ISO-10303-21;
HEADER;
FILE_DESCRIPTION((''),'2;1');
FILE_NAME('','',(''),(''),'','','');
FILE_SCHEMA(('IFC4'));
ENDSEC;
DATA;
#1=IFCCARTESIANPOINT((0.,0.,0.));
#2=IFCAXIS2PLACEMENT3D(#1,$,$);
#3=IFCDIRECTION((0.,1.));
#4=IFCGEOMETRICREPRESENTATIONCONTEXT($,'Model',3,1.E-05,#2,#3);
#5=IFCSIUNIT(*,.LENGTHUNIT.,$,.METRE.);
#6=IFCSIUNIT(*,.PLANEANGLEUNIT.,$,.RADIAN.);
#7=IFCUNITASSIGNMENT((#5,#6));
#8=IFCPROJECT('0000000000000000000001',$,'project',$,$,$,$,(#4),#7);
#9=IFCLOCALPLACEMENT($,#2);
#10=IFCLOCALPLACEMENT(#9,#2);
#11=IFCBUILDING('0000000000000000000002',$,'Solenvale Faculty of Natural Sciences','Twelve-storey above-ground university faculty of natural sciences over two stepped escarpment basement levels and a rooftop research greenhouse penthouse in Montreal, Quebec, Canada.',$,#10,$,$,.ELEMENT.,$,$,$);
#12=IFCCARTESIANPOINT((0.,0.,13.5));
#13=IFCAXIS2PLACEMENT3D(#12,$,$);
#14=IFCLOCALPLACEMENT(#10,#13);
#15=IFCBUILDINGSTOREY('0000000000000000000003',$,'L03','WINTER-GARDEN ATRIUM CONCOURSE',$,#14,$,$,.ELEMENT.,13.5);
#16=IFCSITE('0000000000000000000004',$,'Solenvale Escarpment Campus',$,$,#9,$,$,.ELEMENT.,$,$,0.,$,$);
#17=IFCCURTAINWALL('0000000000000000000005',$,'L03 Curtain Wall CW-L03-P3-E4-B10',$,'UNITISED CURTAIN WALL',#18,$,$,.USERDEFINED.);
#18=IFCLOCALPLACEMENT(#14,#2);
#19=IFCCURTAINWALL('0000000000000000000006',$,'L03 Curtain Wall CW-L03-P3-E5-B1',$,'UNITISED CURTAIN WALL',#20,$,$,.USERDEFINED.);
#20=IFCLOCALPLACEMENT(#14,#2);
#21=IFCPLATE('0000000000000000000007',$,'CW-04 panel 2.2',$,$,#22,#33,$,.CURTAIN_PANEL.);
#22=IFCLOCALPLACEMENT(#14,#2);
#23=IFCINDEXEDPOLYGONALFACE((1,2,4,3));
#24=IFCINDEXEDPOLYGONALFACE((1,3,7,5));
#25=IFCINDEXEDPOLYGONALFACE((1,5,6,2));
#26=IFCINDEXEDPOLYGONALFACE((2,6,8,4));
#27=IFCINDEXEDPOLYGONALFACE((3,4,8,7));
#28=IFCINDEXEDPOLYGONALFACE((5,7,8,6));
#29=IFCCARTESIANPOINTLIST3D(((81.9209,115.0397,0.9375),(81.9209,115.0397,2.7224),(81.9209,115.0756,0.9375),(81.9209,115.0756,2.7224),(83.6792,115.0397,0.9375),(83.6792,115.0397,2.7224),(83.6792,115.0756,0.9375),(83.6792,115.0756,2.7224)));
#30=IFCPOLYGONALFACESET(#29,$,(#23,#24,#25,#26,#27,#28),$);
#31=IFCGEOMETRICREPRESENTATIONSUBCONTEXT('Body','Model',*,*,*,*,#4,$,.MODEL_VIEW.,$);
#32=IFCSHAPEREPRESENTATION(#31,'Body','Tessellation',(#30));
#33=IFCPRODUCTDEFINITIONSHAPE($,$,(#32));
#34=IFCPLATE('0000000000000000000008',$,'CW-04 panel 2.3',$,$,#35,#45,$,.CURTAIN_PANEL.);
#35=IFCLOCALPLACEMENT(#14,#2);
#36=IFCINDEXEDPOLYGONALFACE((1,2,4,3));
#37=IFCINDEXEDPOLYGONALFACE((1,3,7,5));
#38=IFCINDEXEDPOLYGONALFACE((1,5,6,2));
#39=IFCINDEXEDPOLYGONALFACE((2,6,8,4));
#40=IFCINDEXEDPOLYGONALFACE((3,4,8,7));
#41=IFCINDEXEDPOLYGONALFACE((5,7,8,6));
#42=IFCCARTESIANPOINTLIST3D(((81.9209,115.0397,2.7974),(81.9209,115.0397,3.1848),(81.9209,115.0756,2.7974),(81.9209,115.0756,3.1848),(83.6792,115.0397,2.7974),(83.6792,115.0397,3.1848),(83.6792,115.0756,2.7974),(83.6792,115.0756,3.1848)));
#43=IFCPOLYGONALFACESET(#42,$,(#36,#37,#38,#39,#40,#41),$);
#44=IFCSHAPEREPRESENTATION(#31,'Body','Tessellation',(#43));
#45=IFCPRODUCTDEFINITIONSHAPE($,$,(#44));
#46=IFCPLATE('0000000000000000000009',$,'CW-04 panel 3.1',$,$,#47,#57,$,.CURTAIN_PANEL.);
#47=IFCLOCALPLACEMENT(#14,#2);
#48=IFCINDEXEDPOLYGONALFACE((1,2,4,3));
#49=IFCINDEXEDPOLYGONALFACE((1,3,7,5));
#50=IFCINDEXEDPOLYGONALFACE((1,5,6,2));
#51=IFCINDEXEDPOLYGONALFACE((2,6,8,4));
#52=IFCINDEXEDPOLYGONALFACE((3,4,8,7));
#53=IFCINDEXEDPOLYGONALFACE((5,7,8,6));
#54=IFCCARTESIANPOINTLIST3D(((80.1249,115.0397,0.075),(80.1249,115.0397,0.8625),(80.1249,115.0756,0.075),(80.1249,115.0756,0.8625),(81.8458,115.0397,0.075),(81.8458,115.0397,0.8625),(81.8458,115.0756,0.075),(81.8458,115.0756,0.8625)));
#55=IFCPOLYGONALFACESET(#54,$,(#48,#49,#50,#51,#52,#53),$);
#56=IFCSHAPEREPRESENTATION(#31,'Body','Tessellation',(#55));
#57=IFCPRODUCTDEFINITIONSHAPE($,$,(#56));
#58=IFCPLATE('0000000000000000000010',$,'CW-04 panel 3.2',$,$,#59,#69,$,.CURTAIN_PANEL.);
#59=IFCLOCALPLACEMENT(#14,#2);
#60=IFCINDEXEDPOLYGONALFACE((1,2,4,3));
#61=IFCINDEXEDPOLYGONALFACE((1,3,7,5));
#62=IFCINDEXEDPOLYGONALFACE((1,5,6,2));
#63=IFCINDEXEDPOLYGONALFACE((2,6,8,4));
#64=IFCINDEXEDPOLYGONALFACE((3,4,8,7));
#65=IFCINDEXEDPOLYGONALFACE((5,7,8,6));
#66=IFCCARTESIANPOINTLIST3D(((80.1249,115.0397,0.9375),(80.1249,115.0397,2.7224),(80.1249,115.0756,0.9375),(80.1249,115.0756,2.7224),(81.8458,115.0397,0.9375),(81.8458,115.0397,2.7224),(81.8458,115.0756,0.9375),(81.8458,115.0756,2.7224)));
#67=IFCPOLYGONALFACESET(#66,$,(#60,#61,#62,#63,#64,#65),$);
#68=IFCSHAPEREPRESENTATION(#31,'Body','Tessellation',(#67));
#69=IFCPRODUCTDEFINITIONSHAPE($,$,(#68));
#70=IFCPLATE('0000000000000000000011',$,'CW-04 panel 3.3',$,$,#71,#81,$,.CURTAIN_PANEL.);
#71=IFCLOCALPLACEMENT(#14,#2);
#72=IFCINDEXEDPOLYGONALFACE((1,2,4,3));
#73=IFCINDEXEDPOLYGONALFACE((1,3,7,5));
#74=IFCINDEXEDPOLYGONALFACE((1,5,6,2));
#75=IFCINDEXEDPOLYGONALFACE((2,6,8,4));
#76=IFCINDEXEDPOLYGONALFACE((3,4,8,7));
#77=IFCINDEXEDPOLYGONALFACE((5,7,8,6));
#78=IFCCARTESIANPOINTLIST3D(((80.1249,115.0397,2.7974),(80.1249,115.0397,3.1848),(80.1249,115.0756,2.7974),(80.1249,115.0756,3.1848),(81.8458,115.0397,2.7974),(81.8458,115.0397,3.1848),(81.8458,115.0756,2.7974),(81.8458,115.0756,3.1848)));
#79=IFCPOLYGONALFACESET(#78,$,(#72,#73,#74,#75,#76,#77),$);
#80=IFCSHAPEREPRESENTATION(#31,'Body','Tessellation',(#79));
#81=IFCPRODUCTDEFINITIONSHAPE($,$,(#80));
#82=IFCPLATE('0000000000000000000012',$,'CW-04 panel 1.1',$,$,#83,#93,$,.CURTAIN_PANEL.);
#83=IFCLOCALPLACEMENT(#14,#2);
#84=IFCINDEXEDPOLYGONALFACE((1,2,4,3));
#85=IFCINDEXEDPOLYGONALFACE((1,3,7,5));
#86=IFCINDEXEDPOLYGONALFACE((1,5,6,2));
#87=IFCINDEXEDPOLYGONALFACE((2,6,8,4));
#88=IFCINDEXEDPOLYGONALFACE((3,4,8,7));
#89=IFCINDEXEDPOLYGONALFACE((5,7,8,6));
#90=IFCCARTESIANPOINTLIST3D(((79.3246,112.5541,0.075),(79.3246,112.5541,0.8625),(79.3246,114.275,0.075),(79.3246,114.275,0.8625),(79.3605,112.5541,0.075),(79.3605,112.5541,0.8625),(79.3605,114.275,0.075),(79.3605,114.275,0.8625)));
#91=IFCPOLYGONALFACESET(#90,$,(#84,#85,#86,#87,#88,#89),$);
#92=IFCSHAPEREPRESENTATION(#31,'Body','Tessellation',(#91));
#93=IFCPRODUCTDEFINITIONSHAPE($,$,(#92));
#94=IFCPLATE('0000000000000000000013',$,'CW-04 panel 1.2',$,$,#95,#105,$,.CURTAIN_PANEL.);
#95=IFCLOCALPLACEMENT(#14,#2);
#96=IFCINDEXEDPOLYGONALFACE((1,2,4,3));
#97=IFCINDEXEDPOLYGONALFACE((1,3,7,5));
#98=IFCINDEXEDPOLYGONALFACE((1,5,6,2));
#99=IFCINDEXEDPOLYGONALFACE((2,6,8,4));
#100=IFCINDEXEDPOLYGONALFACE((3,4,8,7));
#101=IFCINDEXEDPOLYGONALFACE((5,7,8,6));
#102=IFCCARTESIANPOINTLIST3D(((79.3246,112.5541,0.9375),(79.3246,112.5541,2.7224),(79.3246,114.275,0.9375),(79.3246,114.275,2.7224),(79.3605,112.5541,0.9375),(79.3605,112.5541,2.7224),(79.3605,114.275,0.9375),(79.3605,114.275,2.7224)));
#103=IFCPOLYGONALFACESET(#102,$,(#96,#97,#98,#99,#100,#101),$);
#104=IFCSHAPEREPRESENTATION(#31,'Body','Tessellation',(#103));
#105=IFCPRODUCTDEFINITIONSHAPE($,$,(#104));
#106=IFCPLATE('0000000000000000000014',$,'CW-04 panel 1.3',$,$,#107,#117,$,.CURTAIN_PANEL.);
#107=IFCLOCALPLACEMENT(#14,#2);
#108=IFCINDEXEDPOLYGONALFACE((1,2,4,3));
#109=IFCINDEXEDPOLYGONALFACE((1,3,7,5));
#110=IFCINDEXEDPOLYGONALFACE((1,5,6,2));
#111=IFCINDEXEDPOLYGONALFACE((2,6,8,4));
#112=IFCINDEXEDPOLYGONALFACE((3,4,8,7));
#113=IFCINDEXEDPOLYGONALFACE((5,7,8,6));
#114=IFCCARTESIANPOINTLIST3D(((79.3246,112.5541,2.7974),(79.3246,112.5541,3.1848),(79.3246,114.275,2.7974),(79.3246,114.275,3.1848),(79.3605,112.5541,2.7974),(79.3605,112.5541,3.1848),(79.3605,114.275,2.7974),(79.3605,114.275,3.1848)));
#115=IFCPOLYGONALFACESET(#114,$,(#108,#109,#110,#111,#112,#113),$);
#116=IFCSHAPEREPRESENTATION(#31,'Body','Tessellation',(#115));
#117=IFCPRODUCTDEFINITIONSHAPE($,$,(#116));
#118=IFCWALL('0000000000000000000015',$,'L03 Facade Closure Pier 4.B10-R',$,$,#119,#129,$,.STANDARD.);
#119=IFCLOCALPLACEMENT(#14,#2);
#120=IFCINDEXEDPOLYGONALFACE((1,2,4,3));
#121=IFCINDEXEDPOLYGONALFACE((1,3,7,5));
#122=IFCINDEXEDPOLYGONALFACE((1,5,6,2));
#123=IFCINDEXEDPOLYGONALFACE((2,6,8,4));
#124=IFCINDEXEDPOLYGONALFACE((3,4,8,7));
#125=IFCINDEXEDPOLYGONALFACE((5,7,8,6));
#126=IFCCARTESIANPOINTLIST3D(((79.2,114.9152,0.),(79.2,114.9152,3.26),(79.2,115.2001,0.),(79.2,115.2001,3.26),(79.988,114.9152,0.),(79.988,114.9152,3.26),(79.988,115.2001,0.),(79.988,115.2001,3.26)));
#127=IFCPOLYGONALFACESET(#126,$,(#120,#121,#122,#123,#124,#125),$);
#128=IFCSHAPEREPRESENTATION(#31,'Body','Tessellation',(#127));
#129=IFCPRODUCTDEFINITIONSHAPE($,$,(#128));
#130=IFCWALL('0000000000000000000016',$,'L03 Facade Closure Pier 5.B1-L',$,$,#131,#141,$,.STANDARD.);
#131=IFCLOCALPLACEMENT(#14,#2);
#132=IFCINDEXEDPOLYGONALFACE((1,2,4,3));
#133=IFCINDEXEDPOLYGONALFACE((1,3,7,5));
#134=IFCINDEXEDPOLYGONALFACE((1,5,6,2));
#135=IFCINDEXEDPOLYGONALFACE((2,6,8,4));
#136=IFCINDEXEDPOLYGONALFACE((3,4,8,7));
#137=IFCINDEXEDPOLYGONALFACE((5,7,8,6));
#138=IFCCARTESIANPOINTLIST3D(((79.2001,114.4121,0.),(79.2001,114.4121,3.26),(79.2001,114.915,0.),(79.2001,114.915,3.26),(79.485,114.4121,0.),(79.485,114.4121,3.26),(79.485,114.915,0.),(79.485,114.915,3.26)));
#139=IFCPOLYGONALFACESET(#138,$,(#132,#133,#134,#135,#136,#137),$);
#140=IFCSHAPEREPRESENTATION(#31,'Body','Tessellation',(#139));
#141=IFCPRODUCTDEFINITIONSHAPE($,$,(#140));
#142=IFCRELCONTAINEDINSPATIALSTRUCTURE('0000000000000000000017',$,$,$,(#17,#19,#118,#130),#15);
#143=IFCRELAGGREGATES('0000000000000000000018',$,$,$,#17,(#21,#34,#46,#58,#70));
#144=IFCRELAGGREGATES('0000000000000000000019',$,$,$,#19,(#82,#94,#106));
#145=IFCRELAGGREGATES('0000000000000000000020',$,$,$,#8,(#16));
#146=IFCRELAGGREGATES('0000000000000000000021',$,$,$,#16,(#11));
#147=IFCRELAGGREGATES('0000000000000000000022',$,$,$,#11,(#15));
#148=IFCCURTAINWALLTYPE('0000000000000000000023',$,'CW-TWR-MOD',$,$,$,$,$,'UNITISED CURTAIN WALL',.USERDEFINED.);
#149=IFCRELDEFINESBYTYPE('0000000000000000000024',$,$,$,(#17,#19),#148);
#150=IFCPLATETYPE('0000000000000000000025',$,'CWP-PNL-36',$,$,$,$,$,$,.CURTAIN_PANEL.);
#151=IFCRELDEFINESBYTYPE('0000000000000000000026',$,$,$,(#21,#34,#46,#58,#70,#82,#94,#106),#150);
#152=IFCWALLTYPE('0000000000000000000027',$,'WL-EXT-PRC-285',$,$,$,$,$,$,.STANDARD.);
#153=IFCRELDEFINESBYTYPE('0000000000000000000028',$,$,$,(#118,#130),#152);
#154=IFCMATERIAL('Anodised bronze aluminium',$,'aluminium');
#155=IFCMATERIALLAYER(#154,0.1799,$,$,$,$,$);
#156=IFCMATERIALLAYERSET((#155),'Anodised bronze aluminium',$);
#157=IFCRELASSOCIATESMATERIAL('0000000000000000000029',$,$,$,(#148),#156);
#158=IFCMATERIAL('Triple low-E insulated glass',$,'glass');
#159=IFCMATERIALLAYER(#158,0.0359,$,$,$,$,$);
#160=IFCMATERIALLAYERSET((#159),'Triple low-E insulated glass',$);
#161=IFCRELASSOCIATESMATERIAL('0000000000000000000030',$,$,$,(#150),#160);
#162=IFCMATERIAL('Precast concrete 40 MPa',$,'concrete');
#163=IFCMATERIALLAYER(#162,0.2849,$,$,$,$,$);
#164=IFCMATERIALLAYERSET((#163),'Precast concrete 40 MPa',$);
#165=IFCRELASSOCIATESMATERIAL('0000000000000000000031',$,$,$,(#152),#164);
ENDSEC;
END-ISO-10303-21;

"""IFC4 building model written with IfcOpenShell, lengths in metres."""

from ifc_helpers import new_model, si_unit, direction, frame, frame_2d, origin, origin_2d, place, context, subcontext, project, spatial, rectangle, extrude, material, layer, layer_set, type_object, element, aggregate, save


model = new_model("IFC4")

# Units and contexts
model_context = context("Model", 3, precision=1e-05, world=origin(), true_north=direction((0.0, 1.0)))
body_context = subcontext(model_context, "Body", "Model", "MODEL_VIEW")
ifc_project = project(units=[si_unit("LENGTHUNIT", "METRE"), si_unit("PLANEANGLEUNIT", "RADIAN")], contexts=[model_context])

# Site, building, storey
site_placement = place(None, origin())
site = spatial("IfcSite", under=ifc_project, at=site_placement, Name="Solenvale Escarpment Campus", CompositionType="ELEMENT", RefElevation=0.0)
building_placement = place(site_placement, origin())
building = spatial("IfcBuilding", under=site, at=building_placement, Name="Solenvale Faculty of Natural Sciences", Description="Twelve-storey above-ground university faculty of natural sciences over two stepped escarpment basement levels and a rooftop research greenhouse penthouse in Montreal, Quebec, Canada.", CompositionType="ELEMENT")
storey_placement = place(building_placement, frame((0.0, 0.0, 13.5)))
storey = spatial("IfcBuildingStorey", under=building, at=storey_placement, Name="L03", Description="WINTER-GARDEN ATRIUM CONCOURSE", CompositionType="ELEMENT", Elevation=13.5)

# Shared definitions
ifc_material_1 = material(Name="Precast concrete 40 MPa", Category="concrete")

# Curtain wall
ifc_material_2 = material(Name="Anodised bronze aluminium", Category="aluminium")
ifc_layer_1 = layer(ifc_material_2, 0.1799)
ifc_layer_set_1 = layer_set([ifc_layer_1], Name="Anodised bronze aluminium")
curtain_wall_type = type_object("IfcCurtainWallType", Name="CW-TWR-MOD", ElementType="UNITISED CURTAIN WALL", PredefinedType="USERDEFINED", material=ifc_layer_set_1)
curtain_wall_1_placement = place(storey_placement, origin())
curtain_wall_1 = element("IfcCurtainWall", 1, at=curtain_wall_1_placement, inside=storey, type_object=curtain_wall_type, Name="L03 Curtain Wall CW-L03-P3-E4-B10", ObjectType="UNITISED CURTAIN WALL", PredefinedType="USERDEFINED")

# Curtain wall
curtain_wall_2_placement = place(storey_placement, origin())
curtain_wall_2 = element("IfcCurtainWall", 2, at=curtain_wall_2_placement, inside=storey, type_object=curtain_wall_type, Name="L03 Curtain Wall CW-L03-P3-E5-B1", ObjectType="UNITISED CURTAIN WALL", PredefinedType="USERDEFINED")

# Plates
ifc_material_3 = material(Name="Triple low-E insulated glass", Category="glass")
ifc_layer_2 = layer(ifc_material_3, 0.0359)
ifc_layer_set_2 = layer_set([ifc_layer_2], Name="Triple low-E insulated glass")
plate_type = type_object("IfcPlateType", Name="CWP-PNL-36", PredefinedType="CURTAIN_PANEL", material=ifc_layer_set_2)
plate_1_placement = place(storey_placement, frame((82.8, 115.0576, 0.9375), z_axis=(0.0, 0.0, 1.0), x_axis=(-1.0, 0.0, 0.0)))
plate_1 = element("IfcPlate", 3, at=plate_1_placement, type_object=plate_type, Name="CW-04 panel 2.2", PredefinedType="CURTAIN_PANEL", context=body_context, shape_type="SweptSolid", body=[
    extrude(rectangle(XDim=1.7583, YDim=0.0359, at=origin_2d()), origin(), (0.0, 0.0, 1.0), 1.7849),
])
plate_2_placement = place(storey_placement, frame((82.8, 115.0576, 2.7974), z_axis=(0.0, 0.0, 1.0), x_axis=(-1.0, 0.0, 0.0)))
plate_2 = element("IfcPlate", 4, at=plate_2_placement, type_object=plate_type, Name="CW-04 panel 2.3", PredefinedType="CURTAIN_PANEL", context=body_context, shape_type="SweptSolid", body=[
    extrude(rectangle(XDim=1.7583, YDim=0.0359, at=origin_2d()), origin(), (0.0, 0.0, 1.0), 0.3875),
])
plate_3_placement = place(storey_placement, frame((80.9854, 115.0576, 0.075), z_axis=(0.0, 0.0, 1.0), x_axis=(-1.0, 0.0, 0.0)))
plate_3 = element("IfcPlate", 5, at=plate_3_placement, type_object=plate_type, Name="CW-04 panel 3.1", PredefinedType="CURTAIN_PANEL", context=body_context, shape_type="SweptSolid", body=[
    extrude(rectangle(XDim=1.7209, YDim=0.0359, at=origin_2d()), origin(), (0.0, 0.0, 1.0), 0.7876),
])
plate_4_placement = place(storey_placement, frame((80.9854, 115.0576, 0.9375), z_axis=(0.0, 0.0, 1.0), x_axis=(-1.0, 0.0, 0.0)))
plate_4 = element("IfcPlate", 6, at=plate_4_placement, type_object=plate_type, Name="CW-04 panel 3.2", PredefinedType="CURTAIN_PANEL", context=body_context, shape_type="SweptSolid", body=[
    extrude(rectangle(XDim=1.7209, YDim=0.0359, at=origin_2d()), origin(), (0.0, 0.0, 1.0), 1.7849),
])
plate_5_placement = place(storey_placement, frame((80.9854, 115.0576, 2.7974), z_axis=(0.0, 0.0, 1.0), x_axis=(-1.0, 0.0, 0.0)))
plate_5 = element("IfcPlate", 7, at=plate_5_placement, type_object=plate_type, Name="CW-04 panel 3.3", PredefinedType="CURTAIN_PANEL", context=body_context, shape_type="SweptSolid", body=[
    extrude(rectangle(XDim=1.7209, YDim=0.0359, at=origin_2d()), origin(), (0.0, 0.0, 1.0), 0.3875),
])
aggregate(curtain_wall_1, [plate_1, plate_2, plate_3, plate_4, plate_5])
plate_6_placement = place(storey_placement, frame((79.3425, 113.4146, 0.075), z_axis=(0.0, 0.0, 1.0), x_axis=(0.0, -1.0, 0.0)))
plate_6 = element("IfcPlate", 8, at=plate_6_placement, type_object=plate_type, Name="CW-04 panel 1.1", PredefinedType="CURTAIN_PANEL", context=body_context, shape_type="SweptSolid", body=[
    extrude(rectangle(XDim=1.7209, YDim=0.0359, at=origin_2d()), origin(), (0.0, 0.0, 1.0), 0.7876),
])
plate_7_placement = place(storey_placement, frame((79.3425, 113.4146, 0.9375), z_axis=(0.0, 0.0, 1.0), x_axis=(0.0, -1.0, 0.0)))
plate_7 = element("IfcPlate", 9, at=plate_7_placement, type_object=plate_type, Name="CW-04 panel 1.2", PredefinedType="CURTAIN_PANEL", context=body_context, shape_type="SweptSolid", body=[
    extrude(rectangle(XDim=1.7209, YDim=0.0359, at=origin_2d()), origin(), (0.0, 0.0, 1.0), 1.7849),
])
plate_8_placement = place(storey_placement, frame((79.3425, 113.4146, 2.7974), z_axis=(0.0, 0.0, 1.0), x_axis=(0.0, -1.0, 0.0)))
plate_8 = element("IfcPlate", 10, at=plate_8_placement, type_object=plate_type, Name="CW-04 panel 1.3", PredefinedType="CURTAIN_PANEL", context=body_context, shape_type="SweptSolid", body=[
    extrude(rectangle(XDim=1.7209, YDim=0.0359, at=origin_2d()), origin(), (0.0, 0.0, 1.0), 0.3875),
])
aggregate(curtain_wall_2, [plate_6, plate_7, plate_8])

# Walls
ifc_layer_3 = layer(ifc_material_1, 0.2849)
ifc_layer_set_3 = layer_set([ifc_layer_3], Name="Precast concrete 40 MPa")
wall_type = type_object("IfcWallType", Name="WL-EXT-PRC-285", PredefinedType="STANDARD", material=ifc_layer_set_3)
wall_1_placement = place(storey_placement, frame((79.988, 115.0576, 0.0), z_axis=(0.0, 0.0, 1.0), x_axis=(-1.0, 0.0, 0.0)))
element("IfcWall", 11, at=wall_1_placement, inside=storey, type_object=wall_type, Name="L03 Facade Closure Pier 4.B10-R", PredefinedType="STANDARD", context=body_context, shape_type="SweptSolid", body=[
    extrude(rectangle(XDim=0.7881, YDim=0.2849, at=frame_2d((0.394, 0.0))), origin(), (0.0, 0.0, 1.0), 3.26),
])
wall_2_placement = place(storey_placement, frame((79.3425, 114.915, 0.0), z_axis=(0.0, 0.0, 1.0), x_axis=(0.0, -1.0, 0.0)))
element("IfcWall", 12, at=wall_2_placement, inside=storey, type_object=wall_type, Name="L03 Facade Closure Pier 5.B1-L", PredefinedType="STANDARD", context=body_context, shape_type="SweptSolid", body=[
    extrude(rectangle(XDim=0.5029, YDim=0.2849, at=frame_2d((0.2515, 0.0))), origin(), (0.0, 0.0, 1.0), 3.26),
])

save(model, "model.ifc")
